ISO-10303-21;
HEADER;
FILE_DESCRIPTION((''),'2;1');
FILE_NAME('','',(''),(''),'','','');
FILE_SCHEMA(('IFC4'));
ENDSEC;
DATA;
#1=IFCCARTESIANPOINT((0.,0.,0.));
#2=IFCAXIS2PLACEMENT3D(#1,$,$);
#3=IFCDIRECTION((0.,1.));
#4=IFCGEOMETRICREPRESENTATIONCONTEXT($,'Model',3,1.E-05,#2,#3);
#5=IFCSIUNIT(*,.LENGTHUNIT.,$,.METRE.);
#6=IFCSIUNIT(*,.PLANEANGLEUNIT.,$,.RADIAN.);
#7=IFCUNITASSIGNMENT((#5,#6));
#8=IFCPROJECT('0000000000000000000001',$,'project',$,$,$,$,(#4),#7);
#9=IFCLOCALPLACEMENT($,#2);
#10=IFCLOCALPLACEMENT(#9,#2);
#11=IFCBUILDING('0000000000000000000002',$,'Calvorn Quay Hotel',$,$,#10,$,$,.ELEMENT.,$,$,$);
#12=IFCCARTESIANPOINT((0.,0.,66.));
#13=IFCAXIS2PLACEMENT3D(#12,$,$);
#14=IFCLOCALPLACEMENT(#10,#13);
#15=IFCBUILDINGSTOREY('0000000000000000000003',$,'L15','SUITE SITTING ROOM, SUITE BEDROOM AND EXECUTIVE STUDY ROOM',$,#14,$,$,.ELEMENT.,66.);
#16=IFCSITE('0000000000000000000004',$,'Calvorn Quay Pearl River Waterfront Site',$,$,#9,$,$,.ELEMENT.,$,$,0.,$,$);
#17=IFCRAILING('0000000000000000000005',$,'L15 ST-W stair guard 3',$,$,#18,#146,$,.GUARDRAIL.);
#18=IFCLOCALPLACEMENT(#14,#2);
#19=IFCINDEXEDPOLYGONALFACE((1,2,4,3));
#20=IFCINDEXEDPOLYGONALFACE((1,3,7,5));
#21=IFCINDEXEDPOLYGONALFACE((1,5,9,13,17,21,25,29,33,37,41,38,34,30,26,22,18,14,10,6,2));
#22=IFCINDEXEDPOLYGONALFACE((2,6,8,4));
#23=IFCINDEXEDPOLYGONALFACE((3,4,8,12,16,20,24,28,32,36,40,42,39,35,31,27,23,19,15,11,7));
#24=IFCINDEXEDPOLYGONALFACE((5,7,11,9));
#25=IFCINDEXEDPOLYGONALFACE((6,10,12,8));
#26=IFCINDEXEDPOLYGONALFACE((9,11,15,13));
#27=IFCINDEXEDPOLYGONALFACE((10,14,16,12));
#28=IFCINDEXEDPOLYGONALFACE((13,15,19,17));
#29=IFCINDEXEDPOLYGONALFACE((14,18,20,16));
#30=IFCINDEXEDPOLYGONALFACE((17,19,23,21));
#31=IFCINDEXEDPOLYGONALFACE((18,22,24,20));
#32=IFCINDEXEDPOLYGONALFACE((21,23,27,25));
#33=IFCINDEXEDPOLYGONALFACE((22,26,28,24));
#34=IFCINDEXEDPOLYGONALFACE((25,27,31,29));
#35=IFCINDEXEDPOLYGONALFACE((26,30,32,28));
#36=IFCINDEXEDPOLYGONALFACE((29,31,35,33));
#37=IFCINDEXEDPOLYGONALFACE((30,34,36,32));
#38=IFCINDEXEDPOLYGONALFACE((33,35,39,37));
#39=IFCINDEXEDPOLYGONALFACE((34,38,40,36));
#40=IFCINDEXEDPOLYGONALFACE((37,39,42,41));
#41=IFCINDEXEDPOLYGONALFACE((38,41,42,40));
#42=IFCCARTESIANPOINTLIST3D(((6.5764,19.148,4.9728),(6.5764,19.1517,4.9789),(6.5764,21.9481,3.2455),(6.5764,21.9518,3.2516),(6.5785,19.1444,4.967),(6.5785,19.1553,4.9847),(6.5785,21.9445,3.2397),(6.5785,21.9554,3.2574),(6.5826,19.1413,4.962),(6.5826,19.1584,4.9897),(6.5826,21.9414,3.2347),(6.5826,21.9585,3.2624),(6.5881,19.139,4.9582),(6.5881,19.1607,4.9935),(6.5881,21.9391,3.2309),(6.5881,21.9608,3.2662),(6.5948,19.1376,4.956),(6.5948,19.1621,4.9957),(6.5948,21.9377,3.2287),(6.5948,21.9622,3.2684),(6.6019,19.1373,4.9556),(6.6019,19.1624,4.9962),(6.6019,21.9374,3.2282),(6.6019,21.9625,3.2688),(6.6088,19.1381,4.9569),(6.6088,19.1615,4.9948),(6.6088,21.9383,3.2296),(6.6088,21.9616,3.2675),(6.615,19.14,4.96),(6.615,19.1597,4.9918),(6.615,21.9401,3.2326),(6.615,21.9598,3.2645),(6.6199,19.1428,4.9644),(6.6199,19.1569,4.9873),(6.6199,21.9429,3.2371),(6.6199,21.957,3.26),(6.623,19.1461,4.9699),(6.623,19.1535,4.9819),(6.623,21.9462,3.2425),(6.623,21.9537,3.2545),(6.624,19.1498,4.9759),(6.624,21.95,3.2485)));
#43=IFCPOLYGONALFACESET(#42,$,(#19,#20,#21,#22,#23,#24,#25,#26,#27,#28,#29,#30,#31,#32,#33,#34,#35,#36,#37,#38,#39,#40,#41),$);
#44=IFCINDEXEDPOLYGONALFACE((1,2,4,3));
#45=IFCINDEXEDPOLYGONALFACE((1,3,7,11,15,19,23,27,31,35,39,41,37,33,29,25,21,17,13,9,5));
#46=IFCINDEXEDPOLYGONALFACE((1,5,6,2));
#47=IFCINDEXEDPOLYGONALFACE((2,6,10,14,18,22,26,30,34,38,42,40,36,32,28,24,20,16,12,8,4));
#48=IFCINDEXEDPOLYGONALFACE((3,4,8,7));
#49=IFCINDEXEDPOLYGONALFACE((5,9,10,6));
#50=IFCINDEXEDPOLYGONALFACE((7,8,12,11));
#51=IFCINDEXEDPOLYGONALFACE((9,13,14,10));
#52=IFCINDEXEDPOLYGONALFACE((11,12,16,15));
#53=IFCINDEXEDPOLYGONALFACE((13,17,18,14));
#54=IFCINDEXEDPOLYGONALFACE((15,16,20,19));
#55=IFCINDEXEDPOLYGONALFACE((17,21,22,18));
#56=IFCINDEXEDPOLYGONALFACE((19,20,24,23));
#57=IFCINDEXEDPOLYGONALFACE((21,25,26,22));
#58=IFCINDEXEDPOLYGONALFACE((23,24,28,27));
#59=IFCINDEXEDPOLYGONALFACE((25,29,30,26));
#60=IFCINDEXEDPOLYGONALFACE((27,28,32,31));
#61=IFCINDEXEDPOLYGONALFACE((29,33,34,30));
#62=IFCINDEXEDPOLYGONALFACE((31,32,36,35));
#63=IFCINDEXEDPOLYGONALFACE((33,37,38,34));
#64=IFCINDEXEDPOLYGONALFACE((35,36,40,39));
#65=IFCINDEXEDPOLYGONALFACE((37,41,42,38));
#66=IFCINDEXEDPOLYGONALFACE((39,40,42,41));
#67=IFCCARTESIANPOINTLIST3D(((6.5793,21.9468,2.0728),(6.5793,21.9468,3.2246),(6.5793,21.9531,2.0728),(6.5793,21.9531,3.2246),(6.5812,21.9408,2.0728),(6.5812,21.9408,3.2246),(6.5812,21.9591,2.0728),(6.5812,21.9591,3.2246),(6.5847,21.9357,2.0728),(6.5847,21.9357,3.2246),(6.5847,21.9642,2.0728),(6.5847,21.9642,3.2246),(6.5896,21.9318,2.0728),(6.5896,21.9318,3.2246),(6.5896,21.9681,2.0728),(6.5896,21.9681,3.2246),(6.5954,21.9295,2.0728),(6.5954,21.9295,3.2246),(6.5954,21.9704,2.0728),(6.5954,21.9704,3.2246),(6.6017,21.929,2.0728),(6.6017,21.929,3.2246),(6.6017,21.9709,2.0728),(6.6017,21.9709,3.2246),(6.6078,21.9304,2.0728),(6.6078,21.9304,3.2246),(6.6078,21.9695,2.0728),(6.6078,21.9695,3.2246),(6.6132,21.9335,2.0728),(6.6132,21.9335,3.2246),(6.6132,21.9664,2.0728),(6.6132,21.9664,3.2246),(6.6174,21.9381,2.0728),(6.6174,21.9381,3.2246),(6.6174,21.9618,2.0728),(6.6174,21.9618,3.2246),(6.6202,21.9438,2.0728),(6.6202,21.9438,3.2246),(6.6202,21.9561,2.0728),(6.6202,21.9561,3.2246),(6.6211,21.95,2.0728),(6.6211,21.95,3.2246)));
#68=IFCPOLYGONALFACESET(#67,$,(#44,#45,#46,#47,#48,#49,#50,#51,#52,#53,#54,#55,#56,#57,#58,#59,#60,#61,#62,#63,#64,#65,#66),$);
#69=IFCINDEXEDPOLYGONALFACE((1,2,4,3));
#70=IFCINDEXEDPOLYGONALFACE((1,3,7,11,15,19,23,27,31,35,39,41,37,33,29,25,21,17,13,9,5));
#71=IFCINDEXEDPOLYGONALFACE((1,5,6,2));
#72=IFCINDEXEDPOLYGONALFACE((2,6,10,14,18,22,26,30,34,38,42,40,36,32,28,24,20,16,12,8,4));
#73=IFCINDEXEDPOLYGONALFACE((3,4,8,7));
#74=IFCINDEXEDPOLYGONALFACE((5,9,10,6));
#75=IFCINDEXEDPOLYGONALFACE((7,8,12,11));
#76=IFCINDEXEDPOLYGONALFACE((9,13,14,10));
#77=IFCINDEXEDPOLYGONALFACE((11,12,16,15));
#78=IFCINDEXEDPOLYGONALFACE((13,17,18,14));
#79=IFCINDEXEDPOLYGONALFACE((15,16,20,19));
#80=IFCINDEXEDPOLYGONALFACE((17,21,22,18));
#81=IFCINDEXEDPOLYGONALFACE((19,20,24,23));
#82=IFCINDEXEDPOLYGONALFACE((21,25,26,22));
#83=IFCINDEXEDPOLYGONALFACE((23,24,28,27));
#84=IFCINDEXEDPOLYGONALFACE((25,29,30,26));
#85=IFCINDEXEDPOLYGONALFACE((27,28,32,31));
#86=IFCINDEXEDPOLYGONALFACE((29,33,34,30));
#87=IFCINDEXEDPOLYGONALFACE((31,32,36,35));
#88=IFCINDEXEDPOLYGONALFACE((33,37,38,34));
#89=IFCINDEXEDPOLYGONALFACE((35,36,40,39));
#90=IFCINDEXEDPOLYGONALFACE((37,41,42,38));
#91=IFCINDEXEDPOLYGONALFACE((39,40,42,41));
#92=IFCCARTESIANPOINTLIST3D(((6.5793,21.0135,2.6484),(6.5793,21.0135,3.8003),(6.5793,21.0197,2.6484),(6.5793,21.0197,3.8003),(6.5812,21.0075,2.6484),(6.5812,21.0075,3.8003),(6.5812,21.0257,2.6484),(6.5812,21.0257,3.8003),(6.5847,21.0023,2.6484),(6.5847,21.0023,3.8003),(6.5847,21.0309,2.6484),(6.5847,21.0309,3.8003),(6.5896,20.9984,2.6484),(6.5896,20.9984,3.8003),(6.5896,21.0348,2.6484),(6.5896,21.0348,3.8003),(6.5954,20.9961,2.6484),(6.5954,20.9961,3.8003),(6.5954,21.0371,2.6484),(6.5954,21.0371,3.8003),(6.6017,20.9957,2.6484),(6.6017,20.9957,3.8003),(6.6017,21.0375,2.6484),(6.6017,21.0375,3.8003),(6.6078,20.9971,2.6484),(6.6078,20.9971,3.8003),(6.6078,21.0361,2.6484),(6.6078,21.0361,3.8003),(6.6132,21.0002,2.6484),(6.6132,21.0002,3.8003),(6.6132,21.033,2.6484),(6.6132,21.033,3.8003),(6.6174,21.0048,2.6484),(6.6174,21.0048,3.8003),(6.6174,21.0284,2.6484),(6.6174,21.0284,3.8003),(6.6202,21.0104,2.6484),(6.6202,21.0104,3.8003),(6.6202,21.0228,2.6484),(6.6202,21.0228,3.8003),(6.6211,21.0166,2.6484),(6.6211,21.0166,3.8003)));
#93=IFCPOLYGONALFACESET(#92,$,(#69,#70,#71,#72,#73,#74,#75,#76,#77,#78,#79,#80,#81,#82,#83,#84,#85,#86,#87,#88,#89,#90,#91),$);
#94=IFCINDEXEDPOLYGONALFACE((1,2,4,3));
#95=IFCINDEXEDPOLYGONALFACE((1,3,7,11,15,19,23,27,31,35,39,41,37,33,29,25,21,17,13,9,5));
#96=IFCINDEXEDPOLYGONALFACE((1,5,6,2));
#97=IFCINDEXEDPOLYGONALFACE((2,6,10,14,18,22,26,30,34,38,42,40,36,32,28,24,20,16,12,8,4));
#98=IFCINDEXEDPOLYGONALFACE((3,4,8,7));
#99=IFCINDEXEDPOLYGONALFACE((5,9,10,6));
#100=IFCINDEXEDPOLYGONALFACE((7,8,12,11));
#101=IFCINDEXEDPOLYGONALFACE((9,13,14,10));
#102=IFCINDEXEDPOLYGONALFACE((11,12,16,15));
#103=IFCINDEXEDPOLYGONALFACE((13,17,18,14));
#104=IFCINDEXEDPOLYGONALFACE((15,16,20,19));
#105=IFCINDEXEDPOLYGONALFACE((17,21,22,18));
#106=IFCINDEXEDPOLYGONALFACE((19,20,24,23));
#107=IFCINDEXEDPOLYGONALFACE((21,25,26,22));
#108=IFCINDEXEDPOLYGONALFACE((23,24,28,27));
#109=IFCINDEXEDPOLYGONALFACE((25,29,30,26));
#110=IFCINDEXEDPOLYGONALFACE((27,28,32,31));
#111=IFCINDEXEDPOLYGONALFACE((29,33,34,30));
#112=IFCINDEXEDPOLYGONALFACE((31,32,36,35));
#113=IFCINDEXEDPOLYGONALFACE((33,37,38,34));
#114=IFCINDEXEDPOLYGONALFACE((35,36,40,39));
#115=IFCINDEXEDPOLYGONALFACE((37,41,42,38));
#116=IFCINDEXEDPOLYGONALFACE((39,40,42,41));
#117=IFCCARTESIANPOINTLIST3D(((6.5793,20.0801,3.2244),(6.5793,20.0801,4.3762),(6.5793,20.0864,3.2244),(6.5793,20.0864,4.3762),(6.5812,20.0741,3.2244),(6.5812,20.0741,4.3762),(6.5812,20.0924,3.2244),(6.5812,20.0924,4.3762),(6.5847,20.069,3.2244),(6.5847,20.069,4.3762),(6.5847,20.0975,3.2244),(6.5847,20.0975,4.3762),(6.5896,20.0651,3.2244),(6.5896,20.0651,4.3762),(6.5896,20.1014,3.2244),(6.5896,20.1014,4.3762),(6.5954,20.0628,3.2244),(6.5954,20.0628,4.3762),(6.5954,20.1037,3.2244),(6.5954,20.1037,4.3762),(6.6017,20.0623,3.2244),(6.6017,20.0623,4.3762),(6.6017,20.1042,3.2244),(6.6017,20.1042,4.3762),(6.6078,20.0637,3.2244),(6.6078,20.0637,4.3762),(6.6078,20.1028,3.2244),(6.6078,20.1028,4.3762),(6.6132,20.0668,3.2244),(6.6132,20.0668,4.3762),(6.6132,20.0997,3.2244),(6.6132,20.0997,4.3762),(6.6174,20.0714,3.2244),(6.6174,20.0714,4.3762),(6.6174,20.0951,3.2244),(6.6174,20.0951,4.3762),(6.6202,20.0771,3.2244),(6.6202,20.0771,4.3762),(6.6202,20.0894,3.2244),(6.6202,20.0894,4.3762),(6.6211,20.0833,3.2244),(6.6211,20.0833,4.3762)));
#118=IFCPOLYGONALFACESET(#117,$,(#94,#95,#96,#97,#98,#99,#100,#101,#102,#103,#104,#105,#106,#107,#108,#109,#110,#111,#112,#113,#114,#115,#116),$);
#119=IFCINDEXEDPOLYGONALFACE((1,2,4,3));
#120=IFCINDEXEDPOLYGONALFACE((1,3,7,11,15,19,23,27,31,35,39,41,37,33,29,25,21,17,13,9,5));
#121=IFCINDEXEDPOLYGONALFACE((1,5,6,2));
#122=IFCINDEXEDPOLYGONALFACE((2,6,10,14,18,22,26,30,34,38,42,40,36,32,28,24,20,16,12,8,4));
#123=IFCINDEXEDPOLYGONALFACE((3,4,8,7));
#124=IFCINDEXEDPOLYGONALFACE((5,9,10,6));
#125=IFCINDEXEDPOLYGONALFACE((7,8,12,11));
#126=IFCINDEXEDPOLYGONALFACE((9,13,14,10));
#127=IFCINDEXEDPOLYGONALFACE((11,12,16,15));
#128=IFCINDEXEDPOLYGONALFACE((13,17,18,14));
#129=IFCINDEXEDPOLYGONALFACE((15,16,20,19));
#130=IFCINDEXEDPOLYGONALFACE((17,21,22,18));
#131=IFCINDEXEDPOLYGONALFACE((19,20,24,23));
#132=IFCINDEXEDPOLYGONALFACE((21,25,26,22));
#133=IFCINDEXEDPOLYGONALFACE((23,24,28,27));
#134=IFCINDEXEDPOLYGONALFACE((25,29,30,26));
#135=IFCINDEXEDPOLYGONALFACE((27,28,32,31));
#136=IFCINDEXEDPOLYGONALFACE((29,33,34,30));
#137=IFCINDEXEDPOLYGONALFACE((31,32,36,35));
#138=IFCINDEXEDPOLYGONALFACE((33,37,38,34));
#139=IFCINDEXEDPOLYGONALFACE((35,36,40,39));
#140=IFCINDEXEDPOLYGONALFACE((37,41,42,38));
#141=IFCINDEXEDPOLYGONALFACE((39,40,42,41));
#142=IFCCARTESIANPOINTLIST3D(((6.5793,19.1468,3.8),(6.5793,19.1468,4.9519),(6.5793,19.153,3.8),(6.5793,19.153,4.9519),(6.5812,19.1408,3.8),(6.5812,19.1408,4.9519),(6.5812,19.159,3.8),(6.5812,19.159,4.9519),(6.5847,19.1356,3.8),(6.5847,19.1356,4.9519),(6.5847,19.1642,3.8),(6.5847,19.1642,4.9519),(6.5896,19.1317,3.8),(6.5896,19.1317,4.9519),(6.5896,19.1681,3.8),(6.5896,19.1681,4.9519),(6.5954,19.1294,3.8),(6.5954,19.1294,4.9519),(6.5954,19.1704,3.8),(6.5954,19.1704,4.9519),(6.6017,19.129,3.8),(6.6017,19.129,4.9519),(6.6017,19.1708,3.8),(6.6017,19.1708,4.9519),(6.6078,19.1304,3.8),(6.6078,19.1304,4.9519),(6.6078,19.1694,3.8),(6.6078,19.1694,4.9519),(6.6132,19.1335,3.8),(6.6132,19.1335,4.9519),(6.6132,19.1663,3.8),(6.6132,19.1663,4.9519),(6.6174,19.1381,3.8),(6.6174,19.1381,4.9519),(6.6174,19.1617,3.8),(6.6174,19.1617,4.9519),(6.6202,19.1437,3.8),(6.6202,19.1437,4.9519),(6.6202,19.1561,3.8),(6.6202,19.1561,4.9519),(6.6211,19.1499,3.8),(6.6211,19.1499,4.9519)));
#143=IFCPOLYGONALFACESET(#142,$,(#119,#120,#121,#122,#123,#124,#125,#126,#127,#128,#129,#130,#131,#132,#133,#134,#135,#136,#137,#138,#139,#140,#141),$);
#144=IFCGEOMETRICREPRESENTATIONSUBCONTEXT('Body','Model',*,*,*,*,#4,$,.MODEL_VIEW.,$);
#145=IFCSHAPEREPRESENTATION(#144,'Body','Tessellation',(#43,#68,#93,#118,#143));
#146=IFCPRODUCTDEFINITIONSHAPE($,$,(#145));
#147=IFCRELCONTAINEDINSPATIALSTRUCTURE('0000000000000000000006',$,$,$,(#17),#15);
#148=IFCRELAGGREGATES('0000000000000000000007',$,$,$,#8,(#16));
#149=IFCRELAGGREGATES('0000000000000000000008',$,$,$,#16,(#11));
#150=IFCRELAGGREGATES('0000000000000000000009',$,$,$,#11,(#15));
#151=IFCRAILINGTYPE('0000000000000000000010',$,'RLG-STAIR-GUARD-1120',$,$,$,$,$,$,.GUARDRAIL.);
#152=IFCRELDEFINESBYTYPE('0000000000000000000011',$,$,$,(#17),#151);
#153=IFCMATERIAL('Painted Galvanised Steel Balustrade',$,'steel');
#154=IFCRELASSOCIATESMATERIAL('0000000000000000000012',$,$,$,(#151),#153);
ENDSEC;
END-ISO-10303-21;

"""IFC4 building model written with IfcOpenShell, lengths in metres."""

from ifc_helpers import new_model, si_unit, direction, frame, origin, origin_2d, place, context, subcontext, project, spatial, circle, extrude, material, type_object, element, save


model = new_model("IFC4")

# Units and contexts
model_context = context("Model", 3, precision=1e-05, world=origin(), true_north=direction((0.0, 1.0)))
body_context = subcontext(model_context, "Body", "Model", "MODEL_VIEW")
ifc_project = project(units=[si_unit("LENGTHUNIT", "METRE"), si_unit("PLANEANGLEUNIT", "RADIAN")], contexts=[model_context])

# Site, building, storey
site_placement = place(None, origin())
site = spatial("IfcSite", under=ifc_project, at=site_placement, Name="Calvorn Quay Pearl River Waterfront Site", CompositionType="ELEMENT", RefElevation=0.0)
building_placement = place(site_placement, origin())
building = spatial("IfcBuilding", under=site, at=building_placement, Name="Calvorn Quay Hotel", CompositionType="ELEMENT")
storey_placement = place(building_placement, frame((0.0, 0.0, 66.0)))
storey = spatial("IfcBuildingStorey", under=building, at=storey_placement, Name="L15", Description="SUITE SITTING ROOM, SUITE BEDROOM AND EXECUTIVE STUDY ROOM", CompositionType="ELEMENT", Elevation=66.0)

# Railing
ifc_material_1 = material(Name="Painted Galvanised Steel Balustrade", Category="steel")
railing_type_1 = type_object("IfcRailingType", Name="RLG-STAIR-GUARD-1120", PredefinedType="GUARDRAIL", material=ifc_material_1)
railing_1_placement = place(storey_placement, frame((6.6001, 21.95, 2.0728)))
element("IfcRailing", 1, at=railing_1_placement, inside=storey, type_object=railing_type_1, Name="L15 ST-W stair guard 3", PredefinedType="GUARDRAIL", context=body_context, shape_type="SweptSolid", body=[
    extrude(circle(Radius=0.0239, at=origin_2d()), frame((0.0, 0.0, 1.1758), z_axis=(0.0, -0.85109, 0.52502), x_axis=(1.0, 0.0, 0.0)), (0.0, 0.0, 1.0), 3.29),
    extrude(circle(Radius=0.021, at=origin_2d()), origin(), (0.0, 0.0, 1.0), 1.1519),
    extrude(circle(Radius=0.021, at=origin_2d()), frame((0.0, -0.9333, 0.5757)), (0.0, 0.0, 1.0), 1.1519),
    extrude(circle(Radius=0.021, at=origin_2d()), frame((0.0, -1.8667, 1.1516)), (0.0, 0.0, 1.0), 1.1519),
    extrude(circle(Radius=0.021, at=origin_2d()), frame((0.0, -2.8, 1.7273)), (0.0, 0.0, 1.0), 1.1519),
])

save(model, "model.ifc")
